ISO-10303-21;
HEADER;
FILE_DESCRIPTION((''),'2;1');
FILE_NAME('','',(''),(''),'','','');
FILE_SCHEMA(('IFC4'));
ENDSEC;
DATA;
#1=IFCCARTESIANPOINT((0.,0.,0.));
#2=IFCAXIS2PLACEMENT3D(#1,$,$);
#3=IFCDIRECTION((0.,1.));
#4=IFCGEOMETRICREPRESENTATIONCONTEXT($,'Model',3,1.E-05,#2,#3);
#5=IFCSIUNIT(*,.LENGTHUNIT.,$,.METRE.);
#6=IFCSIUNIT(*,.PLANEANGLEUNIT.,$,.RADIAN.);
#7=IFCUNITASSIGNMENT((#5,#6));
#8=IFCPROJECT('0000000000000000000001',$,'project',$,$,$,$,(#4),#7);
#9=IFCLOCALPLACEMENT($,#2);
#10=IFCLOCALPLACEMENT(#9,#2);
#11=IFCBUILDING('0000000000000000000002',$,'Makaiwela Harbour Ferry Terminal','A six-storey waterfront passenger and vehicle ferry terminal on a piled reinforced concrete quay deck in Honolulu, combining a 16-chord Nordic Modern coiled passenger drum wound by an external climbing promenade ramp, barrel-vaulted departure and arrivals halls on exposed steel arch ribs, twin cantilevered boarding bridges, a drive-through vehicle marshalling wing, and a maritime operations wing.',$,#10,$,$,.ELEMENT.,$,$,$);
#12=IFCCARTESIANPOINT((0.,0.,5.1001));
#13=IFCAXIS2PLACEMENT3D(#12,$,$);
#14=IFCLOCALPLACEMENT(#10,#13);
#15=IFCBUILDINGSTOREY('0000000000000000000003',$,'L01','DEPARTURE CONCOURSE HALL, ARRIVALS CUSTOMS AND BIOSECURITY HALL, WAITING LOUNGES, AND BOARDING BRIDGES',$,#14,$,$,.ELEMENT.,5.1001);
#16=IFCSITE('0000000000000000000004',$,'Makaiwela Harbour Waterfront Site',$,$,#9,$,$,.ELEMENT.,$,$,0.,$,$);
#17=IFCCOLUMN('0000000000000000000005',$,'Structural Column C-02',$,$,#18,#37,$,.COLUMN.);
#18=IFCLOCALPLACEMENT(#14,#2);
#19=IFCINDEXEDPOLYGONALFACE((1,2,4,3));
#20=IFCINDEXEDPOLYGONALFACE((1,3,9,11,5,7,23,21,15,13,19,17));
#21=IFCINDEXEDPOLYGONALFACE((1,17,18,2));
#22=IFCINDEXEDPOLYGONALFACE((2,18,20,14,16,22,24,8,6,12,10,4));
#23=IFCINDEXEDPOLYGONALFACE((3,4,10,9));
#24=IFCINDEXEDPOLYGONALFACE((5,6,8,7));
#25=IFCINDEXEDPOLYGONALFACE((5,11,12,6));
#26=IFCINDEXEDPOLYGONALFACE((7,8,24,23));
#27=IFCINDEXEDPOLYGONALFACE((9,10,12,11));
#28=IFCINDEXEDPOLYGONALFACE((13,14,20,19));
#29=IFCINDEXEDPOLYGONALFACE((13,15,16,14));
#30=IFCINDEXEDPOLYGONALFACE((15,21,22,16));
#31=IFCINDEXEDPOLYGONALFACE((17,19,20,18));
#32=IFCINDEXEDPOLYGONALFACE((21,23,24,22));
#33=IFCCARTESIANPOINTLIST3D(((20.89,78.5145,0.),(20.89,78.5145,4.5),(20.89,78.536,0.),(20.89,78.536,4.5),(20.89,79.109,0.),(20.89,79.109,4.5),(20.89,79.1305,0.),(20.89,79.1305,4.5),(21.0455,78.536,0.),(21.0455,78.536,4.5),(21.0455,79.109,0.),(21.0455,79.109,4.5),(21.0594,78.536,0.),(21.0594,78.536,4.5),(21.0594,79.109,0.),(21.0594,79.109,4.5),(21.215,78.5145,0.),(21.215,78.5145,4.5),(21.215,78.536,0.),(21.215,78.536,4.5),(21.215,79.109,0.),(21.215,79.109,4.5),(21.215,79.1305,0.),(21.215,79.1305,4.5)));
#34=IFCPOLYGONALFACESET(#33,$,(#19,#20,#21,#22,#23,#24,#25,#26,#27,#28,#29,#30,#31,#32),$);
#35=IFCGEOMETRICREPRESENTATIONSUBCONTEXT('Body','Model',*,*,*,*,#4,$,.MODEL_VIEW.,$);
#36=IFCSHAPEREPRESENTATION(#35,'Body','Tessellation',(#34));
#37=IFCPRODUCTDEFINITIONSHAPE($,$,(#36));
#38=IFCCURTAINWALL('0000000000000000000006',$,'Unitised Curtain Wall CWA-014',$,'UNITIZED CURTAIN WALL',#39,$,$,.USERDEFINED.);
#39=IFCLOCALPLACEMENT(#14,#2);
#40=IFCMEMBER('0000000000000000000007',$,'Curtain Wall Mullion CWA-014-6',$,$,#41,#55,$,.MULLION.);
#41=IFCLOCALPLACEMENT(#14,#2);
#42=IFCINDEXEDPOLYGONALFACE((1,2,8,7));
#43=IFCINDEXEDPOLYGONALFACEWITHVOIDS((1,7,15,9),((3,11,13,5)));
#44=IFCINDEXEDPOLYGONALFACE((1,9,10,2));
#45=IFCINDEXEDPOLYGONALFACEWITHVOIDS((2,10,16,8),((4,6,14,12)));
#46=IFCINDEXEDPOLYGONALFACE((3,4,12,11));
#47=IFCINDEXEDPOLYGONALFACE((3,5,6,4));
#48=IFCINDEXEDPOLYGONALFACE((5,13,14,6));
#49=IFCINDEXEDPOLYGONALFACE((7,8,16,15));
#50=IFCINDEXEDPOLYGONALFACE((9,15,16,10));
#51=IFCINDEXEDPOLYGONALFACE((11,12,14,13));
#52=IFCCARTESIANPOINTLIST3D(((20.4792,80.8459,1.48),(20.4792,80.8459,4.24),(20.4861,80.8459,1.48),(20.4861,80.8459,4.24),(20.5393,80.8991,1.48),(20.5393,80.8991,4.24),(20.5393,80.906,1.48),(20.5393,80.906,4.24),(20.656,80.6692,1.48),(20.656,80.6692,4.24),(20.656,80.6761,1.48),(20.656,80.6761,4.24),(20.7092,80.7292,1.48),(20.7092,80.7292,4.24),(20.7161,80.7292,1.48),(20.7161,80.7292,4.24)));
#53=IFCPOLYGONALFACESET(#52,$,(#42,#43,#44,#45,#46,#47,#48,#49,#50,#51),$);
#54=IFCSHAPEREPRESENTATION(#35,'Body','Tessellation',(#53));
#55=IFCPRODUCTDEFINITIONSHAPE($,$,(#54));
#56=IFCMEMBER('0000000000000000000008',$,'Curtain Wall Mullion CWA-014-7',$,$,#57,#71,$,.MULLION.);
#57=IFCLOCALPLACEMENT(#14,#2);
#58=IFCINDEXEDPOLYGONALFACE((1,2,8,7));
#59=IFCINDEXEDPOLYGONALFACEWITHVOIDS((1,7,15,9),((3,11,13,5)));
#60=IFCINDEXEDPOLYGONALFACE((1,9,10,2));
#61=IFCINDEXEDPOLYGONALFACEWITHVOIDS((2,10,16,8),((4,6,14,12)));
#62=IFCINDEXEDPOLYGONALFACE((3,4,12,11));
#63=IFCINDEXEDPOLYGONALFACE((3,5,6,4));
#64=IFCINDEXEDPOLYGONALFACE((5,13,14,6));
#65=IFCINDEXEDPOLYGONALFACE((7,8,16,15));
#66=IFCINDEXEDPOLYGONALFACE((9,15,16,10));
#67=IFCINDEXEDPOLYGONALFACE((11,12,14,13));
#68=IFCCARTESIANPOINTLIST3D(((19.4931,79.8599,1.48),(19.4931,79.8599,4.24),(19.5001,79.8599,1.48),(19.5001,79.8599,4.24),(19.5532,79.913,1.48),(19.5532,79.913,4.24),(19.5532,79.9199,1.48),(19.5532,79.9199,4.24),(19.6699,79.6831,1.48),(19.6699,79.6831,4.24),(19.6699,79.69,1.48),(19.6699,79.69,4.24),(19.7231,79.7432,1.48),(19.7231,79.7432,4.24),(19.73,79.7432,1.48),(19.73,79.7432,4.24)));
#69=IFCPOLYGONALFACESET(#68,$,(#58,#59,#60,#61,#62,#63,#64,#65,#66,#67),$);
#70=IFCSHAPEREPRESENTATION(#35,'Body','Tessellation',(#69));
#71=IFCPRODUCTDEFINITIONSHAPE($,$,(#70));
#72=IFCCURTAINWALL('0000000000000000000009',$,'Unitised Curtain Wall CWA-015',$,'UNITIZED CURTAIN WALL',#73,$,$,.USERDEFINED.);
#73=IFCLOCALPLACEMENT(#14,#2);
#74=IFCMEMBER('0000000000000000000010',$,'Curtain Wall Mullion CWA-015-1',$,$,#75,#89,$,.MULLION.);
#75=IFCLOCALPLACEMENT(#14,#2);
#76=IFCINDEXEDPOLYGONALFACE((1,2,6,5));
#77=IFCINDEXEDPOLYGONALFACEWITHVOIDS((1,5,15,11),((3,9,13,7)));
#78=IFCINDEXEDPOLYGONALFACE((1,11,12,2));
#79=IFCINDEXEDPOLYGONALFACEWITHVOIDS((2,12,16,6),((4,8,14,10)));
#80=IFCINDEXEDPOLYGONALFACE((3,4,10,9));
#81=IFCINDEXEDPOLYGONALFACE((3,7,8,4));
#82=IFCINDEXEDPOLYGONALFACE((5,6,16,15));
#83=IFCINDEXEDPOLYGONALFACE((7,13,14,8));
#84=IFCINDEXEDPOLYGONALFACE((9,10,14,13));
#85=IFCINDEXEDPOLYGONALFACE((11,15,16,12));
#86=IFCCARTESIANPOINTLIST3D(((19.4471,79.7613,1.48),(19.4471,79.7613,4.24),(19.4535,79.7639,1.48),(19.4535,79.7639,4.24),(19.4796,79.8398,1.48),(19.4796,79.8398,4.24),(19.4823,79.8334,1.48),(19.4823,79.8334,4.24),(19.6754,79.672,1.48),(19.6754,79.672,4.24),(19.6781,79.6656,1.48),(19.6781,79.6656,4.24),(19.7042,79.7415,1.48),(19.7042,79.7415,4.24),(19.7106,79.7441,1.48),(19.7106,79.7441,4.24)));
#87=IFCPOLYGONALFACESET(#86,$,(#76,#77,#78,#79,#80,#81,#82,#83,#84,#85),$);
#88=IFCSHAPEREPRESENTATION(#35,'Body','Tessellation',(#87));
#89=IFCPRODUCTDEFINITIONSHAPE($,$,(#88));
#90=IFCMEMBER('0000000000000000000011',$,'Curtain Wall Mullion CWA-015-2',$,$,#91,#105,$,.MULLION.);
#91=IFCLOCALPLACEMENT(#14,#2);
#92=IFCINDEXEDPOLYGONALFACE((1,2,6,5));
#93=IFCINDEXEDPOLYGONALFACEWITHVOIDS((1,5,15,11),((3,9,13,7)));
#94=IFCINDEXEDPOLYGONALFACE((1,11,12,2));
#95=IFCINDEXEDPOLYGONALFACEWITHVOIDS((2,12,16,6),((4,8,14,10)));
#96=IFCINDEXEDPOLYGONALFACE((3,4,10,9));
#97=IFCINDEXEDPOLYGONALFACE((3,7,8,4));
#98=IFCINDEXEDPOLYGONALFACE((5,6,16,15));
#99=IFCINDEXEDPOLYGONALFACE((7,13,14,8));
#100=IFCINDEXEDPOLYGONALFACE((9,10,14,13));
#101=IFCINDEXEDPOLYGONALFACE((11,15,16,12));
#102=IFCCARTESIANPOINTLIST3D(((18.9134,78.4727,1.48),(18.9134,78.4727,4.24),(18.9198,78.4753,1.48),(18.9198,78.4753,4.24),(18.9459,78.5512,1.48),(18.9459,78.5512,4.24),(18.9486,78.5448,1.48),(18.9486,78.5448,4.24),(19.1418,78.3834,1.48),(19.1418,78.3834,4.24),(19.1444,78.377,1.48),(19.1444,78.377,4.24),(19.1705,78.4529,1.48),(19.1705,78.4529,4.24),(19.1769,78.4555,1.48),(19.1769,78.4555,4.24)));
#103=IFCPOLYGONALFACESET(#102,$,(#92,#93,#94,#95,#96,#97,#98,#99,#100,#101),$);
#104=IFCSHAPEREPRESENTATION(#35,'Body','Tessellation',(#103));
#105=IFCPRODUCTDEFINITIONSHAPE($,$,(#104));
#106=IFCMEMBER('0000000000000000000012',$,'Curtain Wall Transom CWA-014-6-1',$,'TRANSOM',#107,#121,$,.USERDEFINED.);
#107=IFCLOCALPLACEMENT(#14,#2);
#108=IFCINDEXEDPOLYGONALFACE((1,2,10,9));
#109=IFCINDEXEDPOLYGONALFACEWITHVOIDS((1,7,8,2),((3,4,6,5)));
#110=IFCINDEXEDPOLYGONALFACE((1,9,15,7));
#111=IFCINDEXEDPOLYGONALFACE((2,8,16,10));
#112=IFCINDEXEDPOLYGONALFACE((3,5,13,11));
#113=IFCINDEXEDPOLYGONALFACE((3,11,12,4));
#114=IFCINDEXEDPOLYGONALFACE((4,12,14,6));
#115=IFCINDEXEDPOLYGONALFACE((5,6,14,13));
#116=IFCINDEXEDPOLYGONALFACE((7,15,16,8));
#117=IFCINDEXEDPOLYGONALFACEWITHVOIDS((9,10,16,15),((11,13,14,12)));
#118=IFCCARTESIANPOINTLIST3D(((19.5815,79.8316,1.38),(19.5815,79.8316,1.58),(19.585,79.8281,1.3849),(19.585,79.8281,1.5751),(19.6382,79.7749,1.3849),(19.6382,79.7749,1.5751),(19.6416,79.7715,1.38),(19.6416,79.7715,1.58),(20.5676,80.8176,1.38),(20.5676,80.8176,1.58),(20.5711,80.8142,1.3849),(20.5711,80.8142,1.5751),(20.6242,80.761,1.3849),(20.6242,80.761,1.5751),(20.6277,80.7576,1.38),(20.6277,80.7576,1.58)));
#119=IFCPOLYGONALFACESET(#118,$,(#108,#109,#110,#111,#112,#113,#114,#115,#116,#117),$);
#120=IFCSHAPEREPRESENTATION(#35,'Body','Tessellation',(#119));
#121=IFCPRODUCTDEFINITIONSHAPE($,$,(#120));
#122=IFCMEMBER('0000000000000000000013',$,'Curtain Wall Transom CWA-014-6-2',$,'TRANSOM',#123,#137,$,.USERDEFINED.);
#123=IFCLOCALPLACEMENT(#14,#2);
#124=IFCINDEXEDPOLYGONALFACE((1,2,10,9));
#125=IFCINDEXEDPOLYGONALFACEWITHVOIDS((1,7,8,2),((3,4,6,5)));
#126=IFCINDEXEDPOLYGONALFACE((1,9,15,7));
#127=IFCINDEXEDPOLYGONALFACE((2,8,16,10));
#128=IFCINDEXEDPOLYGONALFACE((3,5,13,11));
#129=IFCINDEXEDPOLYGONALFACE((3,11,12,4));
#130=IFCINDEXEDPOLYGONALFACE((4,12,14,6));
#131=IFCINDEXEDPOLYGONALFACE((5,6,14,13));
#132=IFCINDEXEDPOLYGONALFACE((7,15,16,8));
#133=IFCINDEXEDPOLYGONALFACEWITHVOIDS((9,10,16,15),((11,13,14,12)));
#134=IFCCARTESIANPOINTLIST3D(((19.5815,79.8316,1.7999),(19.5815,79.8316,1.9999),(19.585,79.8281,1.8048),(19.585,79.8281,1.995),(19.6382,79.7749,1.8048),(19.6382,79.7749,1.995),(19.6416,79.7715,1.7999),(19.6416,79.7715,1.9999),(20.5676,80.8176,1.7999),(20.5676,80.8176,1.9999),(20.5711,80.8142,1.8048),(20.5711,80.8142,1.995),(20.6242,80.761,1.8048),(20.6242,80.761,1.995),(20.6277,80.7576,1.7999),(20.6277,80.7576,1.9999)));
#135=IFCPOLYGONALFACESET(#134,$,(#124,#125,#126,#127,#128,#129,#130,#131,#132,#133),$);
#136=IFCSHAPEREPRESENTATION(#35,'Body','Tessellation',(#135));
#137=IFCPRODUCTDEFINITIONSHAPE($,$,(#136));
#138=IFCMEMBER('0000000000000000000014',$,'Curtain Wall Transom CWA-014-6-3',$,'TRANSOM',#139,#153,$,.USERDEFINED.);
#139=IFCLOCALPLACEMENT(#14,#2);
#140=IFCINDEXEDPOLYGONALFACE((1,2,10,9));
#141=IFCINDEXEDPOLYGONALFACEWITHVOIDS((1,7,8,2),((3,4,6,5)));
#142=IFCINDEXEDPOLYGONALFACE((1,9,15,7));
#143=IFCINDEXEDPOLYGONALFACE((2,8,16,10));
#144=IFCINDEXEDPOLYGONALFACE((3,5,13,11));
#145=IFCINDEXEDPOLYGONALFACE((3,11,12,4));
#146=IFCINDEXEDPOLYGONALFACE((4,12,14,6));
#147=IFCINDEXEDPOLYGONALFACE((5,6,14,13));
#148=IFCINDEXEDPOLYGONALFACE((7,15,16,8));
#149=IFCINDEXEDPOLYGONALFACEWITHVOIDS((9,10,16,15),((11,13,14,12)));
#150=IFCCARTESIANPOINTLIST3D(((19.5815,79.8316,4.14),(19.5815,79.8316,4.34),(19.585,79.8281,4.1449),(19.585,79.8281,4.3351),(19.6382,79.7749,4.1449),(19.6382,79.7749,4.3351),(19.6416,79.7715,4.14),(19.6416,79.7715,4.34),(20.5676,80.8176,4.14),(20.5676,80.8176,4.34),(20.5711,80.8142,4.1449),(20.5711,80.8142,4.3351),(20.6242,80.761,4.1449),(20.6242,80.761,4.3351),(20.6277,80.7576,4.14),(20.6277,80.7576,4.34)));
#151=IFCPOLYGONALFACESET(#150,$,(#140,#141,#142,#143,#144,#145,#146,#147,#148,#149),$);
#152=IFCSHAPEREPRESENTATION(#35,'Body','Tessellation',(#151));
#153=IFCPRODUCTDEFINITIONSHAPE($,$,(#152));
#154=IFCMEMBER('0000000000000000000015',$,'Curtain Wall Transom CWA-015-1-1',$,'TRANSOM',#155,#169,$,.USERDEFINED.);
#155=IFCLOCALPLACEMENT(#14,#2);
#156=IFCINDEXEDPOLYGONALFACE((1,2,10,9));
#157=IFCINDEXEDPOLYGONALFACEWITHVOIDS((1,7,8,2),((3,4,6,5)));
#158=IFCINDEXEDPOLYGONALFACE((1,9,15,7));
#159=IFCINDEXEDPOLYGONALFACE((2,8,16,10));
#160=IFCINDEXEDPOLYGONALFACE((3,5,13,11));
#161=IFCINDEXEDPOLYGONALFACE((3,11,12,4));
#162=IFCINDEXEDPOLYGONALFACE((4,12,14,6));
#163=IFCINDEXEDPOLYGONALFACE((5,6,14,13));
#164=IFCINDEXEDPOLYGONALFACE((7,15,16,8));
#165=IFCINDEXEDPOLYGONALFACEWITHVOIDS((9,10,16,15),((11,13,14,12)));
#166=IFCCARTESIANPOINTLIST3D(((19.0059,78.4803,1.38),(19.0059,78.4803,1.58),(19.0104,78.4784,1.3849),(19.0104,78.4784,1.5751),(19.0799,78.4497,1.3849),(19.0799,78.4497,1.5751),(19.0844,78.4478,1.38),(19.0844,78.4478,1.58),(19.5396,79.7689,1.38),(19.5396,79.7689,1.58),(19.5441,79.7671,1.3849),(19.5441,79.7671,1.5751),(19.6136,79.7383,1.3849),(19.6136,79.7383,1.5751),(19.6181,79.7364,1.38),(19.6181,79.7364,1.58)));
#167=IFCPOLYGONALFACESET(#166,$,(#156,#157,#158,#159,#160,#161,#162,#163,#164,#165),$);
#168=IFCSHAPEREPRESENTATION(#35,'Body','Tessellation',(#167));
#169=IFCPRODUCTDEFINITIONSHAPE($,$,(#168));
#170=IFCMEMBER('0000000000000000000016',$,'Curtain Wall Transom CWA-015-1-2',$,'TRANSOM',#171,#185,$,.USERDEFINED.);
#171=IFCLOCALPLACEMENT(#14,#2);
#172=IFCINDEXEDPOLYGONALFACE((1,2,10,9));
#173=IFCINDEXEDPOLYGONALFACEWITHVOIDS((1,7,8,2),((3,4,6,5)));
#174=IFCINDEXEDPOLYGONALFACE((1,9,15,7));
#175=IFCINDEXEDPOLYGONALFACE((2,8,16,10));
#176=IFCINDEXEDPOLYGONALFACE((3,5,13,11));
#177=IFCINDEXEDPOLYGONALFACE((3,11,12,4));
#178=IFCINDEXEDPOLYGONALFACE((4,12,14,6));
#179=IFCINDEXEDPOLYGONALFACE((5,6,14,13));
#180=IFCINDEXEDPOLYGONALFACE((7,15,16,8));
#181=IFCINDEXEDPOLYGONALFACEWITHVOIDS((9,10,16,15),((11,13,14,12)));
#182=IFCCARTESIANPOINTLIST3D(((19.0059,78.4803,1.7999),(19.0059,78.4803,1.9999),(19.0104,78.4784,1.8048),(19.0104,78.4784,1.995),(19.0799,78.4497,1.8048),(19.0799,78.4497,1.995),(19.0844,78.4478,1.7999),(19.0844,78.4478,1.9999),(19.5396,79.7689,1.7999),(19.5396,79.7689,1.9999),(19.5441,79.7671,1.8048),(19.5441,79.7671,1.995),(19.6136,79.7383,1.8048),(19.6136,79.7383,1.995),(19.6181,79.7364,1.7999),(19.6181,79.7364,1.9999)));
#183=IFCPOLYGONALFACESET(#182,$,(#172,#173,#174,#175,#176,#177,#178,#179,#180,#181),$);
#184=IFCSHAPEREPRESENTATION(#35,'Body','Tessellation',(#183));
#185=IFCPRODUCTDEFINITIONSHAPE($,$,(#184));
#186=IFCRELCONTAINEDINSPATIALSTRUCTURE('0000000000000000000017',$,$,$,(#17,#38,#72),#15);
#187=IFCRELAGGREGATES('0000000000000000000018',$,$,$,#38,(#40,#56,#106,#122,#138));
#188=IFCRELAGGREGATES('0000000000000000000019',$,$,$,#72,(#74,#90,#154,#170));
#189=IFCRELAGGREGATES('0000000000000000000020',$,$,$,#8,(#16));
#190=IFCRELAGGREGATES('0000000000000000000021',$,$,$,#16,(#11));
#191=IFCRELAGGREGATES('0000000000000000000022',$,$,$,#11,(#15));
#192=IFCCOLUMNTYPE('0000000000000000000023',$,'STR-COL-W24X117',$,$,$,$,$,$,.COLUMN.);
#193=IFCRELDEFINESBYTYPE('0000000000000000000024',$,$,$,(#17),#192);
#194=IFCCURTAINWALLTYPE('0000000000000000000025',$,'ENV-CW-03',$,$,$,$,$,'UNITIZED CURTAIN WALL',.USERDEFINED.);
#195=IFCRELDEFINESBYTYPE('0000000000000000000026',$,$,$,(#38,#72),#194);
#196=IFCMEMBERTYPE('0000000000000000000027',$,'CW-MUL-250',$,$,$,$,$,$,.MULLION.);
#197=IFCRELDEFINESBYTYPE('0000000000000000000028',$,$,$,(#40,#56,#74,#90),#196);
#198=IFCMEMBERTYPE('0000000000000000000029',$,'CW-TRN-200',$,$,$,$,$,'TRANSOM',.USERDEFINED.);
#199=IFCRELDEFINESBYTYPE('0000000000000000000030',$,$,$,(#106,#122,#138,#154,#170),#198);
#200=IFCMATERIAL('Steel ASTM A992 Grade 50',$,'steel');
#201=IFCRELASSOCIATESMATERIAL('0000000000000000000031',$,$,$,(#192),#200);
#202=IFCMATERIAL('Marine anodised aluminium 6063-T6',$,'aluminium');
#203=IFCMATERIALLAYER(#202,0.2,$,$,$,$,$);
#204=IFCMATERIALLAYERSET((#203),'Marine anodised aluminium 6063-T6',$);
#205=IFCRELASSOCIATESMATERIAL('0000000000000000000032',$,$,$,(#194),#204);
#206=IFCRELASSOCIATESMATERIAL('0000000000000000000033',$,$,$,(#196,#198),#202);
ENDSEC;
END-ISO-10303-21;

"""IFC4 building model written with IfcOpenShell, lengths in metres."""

from ifc_helpers import new_model, si_unit, direction, frame, origin, origin_2d, place, context, subcontext, project, spatial, hollow_rectangle, i_section, extrude, material, layer, layer_set, material_profile, profile_set, type_object, element, aggregate, save


model = new_model("IFC4")

# Units and contexts
model_context = context("Model", 3, precision=1e-05, world=origin(), true_north=direction((0.0, 1.0)))
body_context = subcontext(model_context, "Body", "Model", "MODEL_VIEW")
ifc_project = project(units=[si_unit("LENGTHUNIT", "METRE"), si_unit("PLANEANGLEUNIT", "RADIAN")], contexts=[model_context])

# Site, building, storey
site_placement = place(None, origin())
site = spatial("IfcSite", under=ifc_project, at=site_placement, Name="Makaiwela Harbour Waterfront Site", CompositionType="ELEMENT", RefElevation=0.0)
building_placement = place(site_placement, origin())
building = spatial("IfcBuilding", under=site, at=building_placement, Name="Makaiwela Harbour Ferry Terminal", Description="A six-storey waterfront passenger and vehicle ferry terminal on a piled reinforced concrete quay deck in Honolulu, combining a 16-chord Nordic Modern coiled passenger drum wound by an external climbing promenade ramp, barrel-vaulted departure and arrivals halls on exposed steel arch ribs, twin cantilevered boarding bridges, a drive-through vehicle marshalling wing, and a maritime operations wing.", CompositionType="ELEMENT")
storey_placement = place(building_placement, frame((0.0, 0.0, 5.1001)))
storey = spatial("IfcBuildingStorey", under=building, at=storey_placement, Name="L01", Description="DEPARTURE CONCOURSE HALL, ARRIVALS CUSTOMS AND BIOSECURITY HALL, WAITING LOUNGES, AND BOARDING BRIDGES", CompositionType="ELEMENT", Elevation=5.1001)

# Column
ifc_material_1 = material(Name="Steel ASTM A992 Grade 50", Category="steel")
ifc_material_profile_1 = material_profile(ifc_material_1, i_section(OverallWidth=0.325, OverallDepth=0.616, WebThickness=0.0139, FlangeThickness=0.0215, at=origin_2d()), Name="W24X117")
ifc_profile_set_1 = profile_set([ifc_material_profile_1], Name="Steel ASTM A992 Grade 50")
column_type = type_object("IfcColumnType", Name="STR-COL-W24X117", PredefinedType="COLUMN", material=ifc_profile_set_1)
column_placement = place(storey_placement, frame((21.0525, 78.8225, 0.0), z_axis=(0.0, 0.0, 1.0), x_axis=(1.0, 0.0, 0.0)))
element("IfcColumn", 1, at=column_placement, inside=storey, type_object=column_type, Name="Structural Column C-02", PredefinedType="COLUMN", context=body_context, shape_type="SweptSolid", body=[
    extrude(i_section(OverallWidth=0.325, OverallDepth=0.616, WebThickness=0.0139, FlangeThickness=0.0215, at=origin_2d()), origin(), (0.0, 0.0, 1.0), 4.5),
])

# Curtain walls, members
ifc_material_2 = material(Name="Marine anodised aluminium 6063-T6", Category="aluminium")
ifc_layer_1 = layer(ifc_material_2, 0.2)
ifc_layer_set_1 = layer_set([ifc_layer_1], Name="Marine anodised aluminium 6063-T6")
curtain_wall_type = type_object("IfcCurtainWallType", Name="ENV-CW-03", ElementType="UNITIZED CURTAIN WALL", PredefinedType="USERDEFINED", material=ifc_layer_set_1)
curtain_wall_1_placement = place(storey_placement, origin())
curtain_wall_1 = element("IfcCurtainWall", 2, at=curtain_wall_1_placement, inside=storey, type_object=curtain_wall_type, Name="Unitised Curtain Wall CWA-014", ObjectType="UNITIZED CURTAIN WALL", PredefinedType="USERDEFINED")
ifc_material_profile_2 = material_profile(ifc_material_2, hollow_rectangle(XDim=0.085, YDim=0.25, WallThickness=0.0049, at=origin_2d()), Name="CWM-250X85")
ifc_profile_set_2 = profile_set([ifc_material_profile_2], Name="Marine anodised aluminium 6063-T6")
member_type_1 = type_object("IfcMemberType", Name="CW-MUL-250", PredefinedType="MULLION", material=ifc_profile_set_2)
member_1_placement = place(storey_placement, frame((20.5977, 80.7876, 1.48), z_axis=(0.0, 0.0, 1.0), x_axis=(0.707107, 0.707107, 0.0)))
member_1 = element("IfcMember", 3, at=member_1_placement, type_object=member_type_1, Name="Curtain Wall Mullion CWA-014-6", PredefinedType="MULLION", context=body_context, shape_type="SweptSolid", body=[
    extrude(hollow_rectangle(XDim=0.085, YDim=0.25, WallThickness=0.0049, at=origin_2d()), origin(), (0.0, 0.0, 1.0), 2.76),
])
member_2_placement = place(storey_placement, frame((19.6116, 79.8015, 1.48), z_axis=(0.0, 0.0, 1.0), x_axis=(0.707107, 0.707107, 0.0)))
member_2 = element("IfcMember", 4, at=member_2_placement, type_object=member_type_1, Name="Curtain Wall Mullion CWA-014-7", PredefinedType="MULLION", context=body_context, shape_type="SweptSolid", body=[
    extrude(hollow_rectangle(XDim=0.085, YDim=0.25, WallThickness=0.0049, at=origin_2d()), origin(), (0.0, 0.0, 1.0), 2.76),
])
curtain_wall_2_placement = place(storey_placement, origin())
curtain_wall_2 = element("IfcCurtainWall", 5, at=curtain_wall_2_placement, inside=storey, type_object=curtain_wall_type, Name="Unitised Curtain Wall CWA-015", ObjectType="UNITIZED CURTAIN WALL", PredefinedType="USERDEFINED")
member_3_placement = place(storey_placement, frame((19.5789, 79.7527, 1.48), z_axis=(0.0, 0.0, 1.0), x_axis=(0.382683, 0.92388, 0.0)))
member_3 = element("IfcMember", 6, at=member_3_placement, type_object=member_type_1, Name="Curtain Wall Mullion CWA-015-1", PredefinedType="MULLION", context=body_context, shape_type="SweptSolid", body=[
    extrude(hollow_rectangle(XDim=0.085, YDim=0.25, WallThickness=0.0049, at=origin_2d()), origin(), (0.0, 0.0, 1.0), 2.76),
])
member_4_placement = place(storey_placement, frame((19.0452, 78.4641, 1.48), z_axis=(0.0, 0.0, 1.0), x_axis=(0.382683, 0.92388, 0.0)))
member_4 = element("IfcMember", 7, at=member_4_placement, type_object=member_type_1, Name="Curtain Wall Mullion CWA-015-2", PredefinedType="MULLION", context=body_context, shape_type="SweptSolid", body=[
    extrude(hollow_rectangle(XDim=0.085, YDim=0.25, WallThickness=0.0049, at=origin_2d()), origin(), (0.0, 0.0, 1.0), 2.76),
])

# Members
ifc_material_profile_3 = material_profile(ifc_material_2, hollow_rectangle(XDim=0.085, YDim=0.2, WallThickness=0.0049, at=origin_2d()), Name="CWT-200X85")
ifc_profile_set_3 = profile_set([ifc_material_profile_3], Name="Marine anodised aluminium 6063-T6")
member_type_2 = type_object("IfcMemberType", Name="CW-TRN-200", ElementType="TRANSOM", PredefinedType="USERDEFINED", material=ifc_profile_set_3)
member_5_placement = place(storey_placement, frame((20.5977, 80.7876, 1.48), z_axis=(-0.707107, -0.707107, 0.0), x_axis=(0.707107, -0.707107, 0.0)))
member_5 = element("IfcMember", 8, at=member_5_placement, type_object=member_type_2, Name="Curtain Wall Transom CWA-014-6-1", ObjectType="TRANSOM", PredefinedType="USERDEFINED", context=body_context, shape_type="SweptSolid", body=[
    extrude(hollow_rectangle(XDim=0.085, YDim=0.2, WallThickness=0.0049, at=origin_2d()), origin(), (0.0, 0.0, 1.0), 1.3945),
])
member_6_placement = place(storey_placement, frame((20.5977, 80.7876, 1.8999), z_axis=(-0.707107, -0.707107, 0.0), x_axis=(0.707107, -0.707107, 0.0)))
member_6 = element("IfcMember", 9, at=member_6_placement, type_object=member_type_2, Name="Curtain Wall Transom CWA-014-6-2", ObjectType="TRANSOM", PredefinedType="USERDEFINED", context=body_context, shape_type="SweptSolid", body=[
    extrude(hollow_rectangle(XDim=0.085, YDim=0.2, WallThickness=0.0049, at=origin_2d()), origin(), (0.0, 0.0, 1.0), 1.3945),
])
member_7_placement = place(storey_placement, frame((20.5977, 80.7876, 4.24), z_axis=(-0.707107, -0.707107, 0.0), x_axis=(0.707107, -0.707107, 0.0)))
member_7 = element("IfcMember", 10, at=member_7_placement, type_object=member_type_2, Name="Curtain Wall Transom CWA-014-6-3", ObjectType="TRANSOM", PredefinedType="USERDEFINED", context=body_context, shape_type="SweptSolid", body=[
    extrude(hollow_rectangle(XDim=0.085, YDim=0.2, WallThickness=0.0049, at=origin_2d()), origin(), (0.0, 0.0, 1.0), 1.3945),
])
member_8_placement = place(storey_placement, frame((19.5789, 79.7527, 1.48), z_axis=(-0.382651, -0.923893, 0.0), x_axis=(0.923893, -0.382651, 0.0)))
member_8 = element("IfcMember", 11, at=member_8_placement, type_object=member_type_2, Name="Curtain Wall Transom CWA-015-1-1", ObjectType="TRANSOM", PredefinedType="USERDEFINED", context=body_context, shape_type="SweptSolid", body=[
    extrude(hollow_rectangle(XDim=0.085, YDim=0.2, WallThickness=0.0049, at=origin_2d()), origin(), (0.0, 0.0, 1.0), 1.3948),
])
member_9_placement = place(storey_placement, frame((19.5789, 79.7527, 1.8999), z_axis=(-0.382651, -0.923893, 0.0), x_axis=(0.923893, -0.382651, 0.0)))
member_9 = element("IfcMember", 12, at=member_9_placement, type_object=member_type_2, Name="Curtain Wall Transom CWA-015-1-2", ObjectType="TRANSOM", PredefinedType="USERDEFINED", context=body_context, shape_type="SweptSolid", body=[
    extrude(hollow_rectangle(XDim=0.085, YDim=0.2, WallThickness=0.0049, at=origin_2d()), origin(), (0.0, 0.0, 1.0), 1.3948),
])

aggregate(curtain_wall_1, [member_1, member_2, member_5, member_6, member_7])
aggregate(curtain_wall_2, [member_3, member_4, member_8, member_9])

save(model, "model.ifc")
